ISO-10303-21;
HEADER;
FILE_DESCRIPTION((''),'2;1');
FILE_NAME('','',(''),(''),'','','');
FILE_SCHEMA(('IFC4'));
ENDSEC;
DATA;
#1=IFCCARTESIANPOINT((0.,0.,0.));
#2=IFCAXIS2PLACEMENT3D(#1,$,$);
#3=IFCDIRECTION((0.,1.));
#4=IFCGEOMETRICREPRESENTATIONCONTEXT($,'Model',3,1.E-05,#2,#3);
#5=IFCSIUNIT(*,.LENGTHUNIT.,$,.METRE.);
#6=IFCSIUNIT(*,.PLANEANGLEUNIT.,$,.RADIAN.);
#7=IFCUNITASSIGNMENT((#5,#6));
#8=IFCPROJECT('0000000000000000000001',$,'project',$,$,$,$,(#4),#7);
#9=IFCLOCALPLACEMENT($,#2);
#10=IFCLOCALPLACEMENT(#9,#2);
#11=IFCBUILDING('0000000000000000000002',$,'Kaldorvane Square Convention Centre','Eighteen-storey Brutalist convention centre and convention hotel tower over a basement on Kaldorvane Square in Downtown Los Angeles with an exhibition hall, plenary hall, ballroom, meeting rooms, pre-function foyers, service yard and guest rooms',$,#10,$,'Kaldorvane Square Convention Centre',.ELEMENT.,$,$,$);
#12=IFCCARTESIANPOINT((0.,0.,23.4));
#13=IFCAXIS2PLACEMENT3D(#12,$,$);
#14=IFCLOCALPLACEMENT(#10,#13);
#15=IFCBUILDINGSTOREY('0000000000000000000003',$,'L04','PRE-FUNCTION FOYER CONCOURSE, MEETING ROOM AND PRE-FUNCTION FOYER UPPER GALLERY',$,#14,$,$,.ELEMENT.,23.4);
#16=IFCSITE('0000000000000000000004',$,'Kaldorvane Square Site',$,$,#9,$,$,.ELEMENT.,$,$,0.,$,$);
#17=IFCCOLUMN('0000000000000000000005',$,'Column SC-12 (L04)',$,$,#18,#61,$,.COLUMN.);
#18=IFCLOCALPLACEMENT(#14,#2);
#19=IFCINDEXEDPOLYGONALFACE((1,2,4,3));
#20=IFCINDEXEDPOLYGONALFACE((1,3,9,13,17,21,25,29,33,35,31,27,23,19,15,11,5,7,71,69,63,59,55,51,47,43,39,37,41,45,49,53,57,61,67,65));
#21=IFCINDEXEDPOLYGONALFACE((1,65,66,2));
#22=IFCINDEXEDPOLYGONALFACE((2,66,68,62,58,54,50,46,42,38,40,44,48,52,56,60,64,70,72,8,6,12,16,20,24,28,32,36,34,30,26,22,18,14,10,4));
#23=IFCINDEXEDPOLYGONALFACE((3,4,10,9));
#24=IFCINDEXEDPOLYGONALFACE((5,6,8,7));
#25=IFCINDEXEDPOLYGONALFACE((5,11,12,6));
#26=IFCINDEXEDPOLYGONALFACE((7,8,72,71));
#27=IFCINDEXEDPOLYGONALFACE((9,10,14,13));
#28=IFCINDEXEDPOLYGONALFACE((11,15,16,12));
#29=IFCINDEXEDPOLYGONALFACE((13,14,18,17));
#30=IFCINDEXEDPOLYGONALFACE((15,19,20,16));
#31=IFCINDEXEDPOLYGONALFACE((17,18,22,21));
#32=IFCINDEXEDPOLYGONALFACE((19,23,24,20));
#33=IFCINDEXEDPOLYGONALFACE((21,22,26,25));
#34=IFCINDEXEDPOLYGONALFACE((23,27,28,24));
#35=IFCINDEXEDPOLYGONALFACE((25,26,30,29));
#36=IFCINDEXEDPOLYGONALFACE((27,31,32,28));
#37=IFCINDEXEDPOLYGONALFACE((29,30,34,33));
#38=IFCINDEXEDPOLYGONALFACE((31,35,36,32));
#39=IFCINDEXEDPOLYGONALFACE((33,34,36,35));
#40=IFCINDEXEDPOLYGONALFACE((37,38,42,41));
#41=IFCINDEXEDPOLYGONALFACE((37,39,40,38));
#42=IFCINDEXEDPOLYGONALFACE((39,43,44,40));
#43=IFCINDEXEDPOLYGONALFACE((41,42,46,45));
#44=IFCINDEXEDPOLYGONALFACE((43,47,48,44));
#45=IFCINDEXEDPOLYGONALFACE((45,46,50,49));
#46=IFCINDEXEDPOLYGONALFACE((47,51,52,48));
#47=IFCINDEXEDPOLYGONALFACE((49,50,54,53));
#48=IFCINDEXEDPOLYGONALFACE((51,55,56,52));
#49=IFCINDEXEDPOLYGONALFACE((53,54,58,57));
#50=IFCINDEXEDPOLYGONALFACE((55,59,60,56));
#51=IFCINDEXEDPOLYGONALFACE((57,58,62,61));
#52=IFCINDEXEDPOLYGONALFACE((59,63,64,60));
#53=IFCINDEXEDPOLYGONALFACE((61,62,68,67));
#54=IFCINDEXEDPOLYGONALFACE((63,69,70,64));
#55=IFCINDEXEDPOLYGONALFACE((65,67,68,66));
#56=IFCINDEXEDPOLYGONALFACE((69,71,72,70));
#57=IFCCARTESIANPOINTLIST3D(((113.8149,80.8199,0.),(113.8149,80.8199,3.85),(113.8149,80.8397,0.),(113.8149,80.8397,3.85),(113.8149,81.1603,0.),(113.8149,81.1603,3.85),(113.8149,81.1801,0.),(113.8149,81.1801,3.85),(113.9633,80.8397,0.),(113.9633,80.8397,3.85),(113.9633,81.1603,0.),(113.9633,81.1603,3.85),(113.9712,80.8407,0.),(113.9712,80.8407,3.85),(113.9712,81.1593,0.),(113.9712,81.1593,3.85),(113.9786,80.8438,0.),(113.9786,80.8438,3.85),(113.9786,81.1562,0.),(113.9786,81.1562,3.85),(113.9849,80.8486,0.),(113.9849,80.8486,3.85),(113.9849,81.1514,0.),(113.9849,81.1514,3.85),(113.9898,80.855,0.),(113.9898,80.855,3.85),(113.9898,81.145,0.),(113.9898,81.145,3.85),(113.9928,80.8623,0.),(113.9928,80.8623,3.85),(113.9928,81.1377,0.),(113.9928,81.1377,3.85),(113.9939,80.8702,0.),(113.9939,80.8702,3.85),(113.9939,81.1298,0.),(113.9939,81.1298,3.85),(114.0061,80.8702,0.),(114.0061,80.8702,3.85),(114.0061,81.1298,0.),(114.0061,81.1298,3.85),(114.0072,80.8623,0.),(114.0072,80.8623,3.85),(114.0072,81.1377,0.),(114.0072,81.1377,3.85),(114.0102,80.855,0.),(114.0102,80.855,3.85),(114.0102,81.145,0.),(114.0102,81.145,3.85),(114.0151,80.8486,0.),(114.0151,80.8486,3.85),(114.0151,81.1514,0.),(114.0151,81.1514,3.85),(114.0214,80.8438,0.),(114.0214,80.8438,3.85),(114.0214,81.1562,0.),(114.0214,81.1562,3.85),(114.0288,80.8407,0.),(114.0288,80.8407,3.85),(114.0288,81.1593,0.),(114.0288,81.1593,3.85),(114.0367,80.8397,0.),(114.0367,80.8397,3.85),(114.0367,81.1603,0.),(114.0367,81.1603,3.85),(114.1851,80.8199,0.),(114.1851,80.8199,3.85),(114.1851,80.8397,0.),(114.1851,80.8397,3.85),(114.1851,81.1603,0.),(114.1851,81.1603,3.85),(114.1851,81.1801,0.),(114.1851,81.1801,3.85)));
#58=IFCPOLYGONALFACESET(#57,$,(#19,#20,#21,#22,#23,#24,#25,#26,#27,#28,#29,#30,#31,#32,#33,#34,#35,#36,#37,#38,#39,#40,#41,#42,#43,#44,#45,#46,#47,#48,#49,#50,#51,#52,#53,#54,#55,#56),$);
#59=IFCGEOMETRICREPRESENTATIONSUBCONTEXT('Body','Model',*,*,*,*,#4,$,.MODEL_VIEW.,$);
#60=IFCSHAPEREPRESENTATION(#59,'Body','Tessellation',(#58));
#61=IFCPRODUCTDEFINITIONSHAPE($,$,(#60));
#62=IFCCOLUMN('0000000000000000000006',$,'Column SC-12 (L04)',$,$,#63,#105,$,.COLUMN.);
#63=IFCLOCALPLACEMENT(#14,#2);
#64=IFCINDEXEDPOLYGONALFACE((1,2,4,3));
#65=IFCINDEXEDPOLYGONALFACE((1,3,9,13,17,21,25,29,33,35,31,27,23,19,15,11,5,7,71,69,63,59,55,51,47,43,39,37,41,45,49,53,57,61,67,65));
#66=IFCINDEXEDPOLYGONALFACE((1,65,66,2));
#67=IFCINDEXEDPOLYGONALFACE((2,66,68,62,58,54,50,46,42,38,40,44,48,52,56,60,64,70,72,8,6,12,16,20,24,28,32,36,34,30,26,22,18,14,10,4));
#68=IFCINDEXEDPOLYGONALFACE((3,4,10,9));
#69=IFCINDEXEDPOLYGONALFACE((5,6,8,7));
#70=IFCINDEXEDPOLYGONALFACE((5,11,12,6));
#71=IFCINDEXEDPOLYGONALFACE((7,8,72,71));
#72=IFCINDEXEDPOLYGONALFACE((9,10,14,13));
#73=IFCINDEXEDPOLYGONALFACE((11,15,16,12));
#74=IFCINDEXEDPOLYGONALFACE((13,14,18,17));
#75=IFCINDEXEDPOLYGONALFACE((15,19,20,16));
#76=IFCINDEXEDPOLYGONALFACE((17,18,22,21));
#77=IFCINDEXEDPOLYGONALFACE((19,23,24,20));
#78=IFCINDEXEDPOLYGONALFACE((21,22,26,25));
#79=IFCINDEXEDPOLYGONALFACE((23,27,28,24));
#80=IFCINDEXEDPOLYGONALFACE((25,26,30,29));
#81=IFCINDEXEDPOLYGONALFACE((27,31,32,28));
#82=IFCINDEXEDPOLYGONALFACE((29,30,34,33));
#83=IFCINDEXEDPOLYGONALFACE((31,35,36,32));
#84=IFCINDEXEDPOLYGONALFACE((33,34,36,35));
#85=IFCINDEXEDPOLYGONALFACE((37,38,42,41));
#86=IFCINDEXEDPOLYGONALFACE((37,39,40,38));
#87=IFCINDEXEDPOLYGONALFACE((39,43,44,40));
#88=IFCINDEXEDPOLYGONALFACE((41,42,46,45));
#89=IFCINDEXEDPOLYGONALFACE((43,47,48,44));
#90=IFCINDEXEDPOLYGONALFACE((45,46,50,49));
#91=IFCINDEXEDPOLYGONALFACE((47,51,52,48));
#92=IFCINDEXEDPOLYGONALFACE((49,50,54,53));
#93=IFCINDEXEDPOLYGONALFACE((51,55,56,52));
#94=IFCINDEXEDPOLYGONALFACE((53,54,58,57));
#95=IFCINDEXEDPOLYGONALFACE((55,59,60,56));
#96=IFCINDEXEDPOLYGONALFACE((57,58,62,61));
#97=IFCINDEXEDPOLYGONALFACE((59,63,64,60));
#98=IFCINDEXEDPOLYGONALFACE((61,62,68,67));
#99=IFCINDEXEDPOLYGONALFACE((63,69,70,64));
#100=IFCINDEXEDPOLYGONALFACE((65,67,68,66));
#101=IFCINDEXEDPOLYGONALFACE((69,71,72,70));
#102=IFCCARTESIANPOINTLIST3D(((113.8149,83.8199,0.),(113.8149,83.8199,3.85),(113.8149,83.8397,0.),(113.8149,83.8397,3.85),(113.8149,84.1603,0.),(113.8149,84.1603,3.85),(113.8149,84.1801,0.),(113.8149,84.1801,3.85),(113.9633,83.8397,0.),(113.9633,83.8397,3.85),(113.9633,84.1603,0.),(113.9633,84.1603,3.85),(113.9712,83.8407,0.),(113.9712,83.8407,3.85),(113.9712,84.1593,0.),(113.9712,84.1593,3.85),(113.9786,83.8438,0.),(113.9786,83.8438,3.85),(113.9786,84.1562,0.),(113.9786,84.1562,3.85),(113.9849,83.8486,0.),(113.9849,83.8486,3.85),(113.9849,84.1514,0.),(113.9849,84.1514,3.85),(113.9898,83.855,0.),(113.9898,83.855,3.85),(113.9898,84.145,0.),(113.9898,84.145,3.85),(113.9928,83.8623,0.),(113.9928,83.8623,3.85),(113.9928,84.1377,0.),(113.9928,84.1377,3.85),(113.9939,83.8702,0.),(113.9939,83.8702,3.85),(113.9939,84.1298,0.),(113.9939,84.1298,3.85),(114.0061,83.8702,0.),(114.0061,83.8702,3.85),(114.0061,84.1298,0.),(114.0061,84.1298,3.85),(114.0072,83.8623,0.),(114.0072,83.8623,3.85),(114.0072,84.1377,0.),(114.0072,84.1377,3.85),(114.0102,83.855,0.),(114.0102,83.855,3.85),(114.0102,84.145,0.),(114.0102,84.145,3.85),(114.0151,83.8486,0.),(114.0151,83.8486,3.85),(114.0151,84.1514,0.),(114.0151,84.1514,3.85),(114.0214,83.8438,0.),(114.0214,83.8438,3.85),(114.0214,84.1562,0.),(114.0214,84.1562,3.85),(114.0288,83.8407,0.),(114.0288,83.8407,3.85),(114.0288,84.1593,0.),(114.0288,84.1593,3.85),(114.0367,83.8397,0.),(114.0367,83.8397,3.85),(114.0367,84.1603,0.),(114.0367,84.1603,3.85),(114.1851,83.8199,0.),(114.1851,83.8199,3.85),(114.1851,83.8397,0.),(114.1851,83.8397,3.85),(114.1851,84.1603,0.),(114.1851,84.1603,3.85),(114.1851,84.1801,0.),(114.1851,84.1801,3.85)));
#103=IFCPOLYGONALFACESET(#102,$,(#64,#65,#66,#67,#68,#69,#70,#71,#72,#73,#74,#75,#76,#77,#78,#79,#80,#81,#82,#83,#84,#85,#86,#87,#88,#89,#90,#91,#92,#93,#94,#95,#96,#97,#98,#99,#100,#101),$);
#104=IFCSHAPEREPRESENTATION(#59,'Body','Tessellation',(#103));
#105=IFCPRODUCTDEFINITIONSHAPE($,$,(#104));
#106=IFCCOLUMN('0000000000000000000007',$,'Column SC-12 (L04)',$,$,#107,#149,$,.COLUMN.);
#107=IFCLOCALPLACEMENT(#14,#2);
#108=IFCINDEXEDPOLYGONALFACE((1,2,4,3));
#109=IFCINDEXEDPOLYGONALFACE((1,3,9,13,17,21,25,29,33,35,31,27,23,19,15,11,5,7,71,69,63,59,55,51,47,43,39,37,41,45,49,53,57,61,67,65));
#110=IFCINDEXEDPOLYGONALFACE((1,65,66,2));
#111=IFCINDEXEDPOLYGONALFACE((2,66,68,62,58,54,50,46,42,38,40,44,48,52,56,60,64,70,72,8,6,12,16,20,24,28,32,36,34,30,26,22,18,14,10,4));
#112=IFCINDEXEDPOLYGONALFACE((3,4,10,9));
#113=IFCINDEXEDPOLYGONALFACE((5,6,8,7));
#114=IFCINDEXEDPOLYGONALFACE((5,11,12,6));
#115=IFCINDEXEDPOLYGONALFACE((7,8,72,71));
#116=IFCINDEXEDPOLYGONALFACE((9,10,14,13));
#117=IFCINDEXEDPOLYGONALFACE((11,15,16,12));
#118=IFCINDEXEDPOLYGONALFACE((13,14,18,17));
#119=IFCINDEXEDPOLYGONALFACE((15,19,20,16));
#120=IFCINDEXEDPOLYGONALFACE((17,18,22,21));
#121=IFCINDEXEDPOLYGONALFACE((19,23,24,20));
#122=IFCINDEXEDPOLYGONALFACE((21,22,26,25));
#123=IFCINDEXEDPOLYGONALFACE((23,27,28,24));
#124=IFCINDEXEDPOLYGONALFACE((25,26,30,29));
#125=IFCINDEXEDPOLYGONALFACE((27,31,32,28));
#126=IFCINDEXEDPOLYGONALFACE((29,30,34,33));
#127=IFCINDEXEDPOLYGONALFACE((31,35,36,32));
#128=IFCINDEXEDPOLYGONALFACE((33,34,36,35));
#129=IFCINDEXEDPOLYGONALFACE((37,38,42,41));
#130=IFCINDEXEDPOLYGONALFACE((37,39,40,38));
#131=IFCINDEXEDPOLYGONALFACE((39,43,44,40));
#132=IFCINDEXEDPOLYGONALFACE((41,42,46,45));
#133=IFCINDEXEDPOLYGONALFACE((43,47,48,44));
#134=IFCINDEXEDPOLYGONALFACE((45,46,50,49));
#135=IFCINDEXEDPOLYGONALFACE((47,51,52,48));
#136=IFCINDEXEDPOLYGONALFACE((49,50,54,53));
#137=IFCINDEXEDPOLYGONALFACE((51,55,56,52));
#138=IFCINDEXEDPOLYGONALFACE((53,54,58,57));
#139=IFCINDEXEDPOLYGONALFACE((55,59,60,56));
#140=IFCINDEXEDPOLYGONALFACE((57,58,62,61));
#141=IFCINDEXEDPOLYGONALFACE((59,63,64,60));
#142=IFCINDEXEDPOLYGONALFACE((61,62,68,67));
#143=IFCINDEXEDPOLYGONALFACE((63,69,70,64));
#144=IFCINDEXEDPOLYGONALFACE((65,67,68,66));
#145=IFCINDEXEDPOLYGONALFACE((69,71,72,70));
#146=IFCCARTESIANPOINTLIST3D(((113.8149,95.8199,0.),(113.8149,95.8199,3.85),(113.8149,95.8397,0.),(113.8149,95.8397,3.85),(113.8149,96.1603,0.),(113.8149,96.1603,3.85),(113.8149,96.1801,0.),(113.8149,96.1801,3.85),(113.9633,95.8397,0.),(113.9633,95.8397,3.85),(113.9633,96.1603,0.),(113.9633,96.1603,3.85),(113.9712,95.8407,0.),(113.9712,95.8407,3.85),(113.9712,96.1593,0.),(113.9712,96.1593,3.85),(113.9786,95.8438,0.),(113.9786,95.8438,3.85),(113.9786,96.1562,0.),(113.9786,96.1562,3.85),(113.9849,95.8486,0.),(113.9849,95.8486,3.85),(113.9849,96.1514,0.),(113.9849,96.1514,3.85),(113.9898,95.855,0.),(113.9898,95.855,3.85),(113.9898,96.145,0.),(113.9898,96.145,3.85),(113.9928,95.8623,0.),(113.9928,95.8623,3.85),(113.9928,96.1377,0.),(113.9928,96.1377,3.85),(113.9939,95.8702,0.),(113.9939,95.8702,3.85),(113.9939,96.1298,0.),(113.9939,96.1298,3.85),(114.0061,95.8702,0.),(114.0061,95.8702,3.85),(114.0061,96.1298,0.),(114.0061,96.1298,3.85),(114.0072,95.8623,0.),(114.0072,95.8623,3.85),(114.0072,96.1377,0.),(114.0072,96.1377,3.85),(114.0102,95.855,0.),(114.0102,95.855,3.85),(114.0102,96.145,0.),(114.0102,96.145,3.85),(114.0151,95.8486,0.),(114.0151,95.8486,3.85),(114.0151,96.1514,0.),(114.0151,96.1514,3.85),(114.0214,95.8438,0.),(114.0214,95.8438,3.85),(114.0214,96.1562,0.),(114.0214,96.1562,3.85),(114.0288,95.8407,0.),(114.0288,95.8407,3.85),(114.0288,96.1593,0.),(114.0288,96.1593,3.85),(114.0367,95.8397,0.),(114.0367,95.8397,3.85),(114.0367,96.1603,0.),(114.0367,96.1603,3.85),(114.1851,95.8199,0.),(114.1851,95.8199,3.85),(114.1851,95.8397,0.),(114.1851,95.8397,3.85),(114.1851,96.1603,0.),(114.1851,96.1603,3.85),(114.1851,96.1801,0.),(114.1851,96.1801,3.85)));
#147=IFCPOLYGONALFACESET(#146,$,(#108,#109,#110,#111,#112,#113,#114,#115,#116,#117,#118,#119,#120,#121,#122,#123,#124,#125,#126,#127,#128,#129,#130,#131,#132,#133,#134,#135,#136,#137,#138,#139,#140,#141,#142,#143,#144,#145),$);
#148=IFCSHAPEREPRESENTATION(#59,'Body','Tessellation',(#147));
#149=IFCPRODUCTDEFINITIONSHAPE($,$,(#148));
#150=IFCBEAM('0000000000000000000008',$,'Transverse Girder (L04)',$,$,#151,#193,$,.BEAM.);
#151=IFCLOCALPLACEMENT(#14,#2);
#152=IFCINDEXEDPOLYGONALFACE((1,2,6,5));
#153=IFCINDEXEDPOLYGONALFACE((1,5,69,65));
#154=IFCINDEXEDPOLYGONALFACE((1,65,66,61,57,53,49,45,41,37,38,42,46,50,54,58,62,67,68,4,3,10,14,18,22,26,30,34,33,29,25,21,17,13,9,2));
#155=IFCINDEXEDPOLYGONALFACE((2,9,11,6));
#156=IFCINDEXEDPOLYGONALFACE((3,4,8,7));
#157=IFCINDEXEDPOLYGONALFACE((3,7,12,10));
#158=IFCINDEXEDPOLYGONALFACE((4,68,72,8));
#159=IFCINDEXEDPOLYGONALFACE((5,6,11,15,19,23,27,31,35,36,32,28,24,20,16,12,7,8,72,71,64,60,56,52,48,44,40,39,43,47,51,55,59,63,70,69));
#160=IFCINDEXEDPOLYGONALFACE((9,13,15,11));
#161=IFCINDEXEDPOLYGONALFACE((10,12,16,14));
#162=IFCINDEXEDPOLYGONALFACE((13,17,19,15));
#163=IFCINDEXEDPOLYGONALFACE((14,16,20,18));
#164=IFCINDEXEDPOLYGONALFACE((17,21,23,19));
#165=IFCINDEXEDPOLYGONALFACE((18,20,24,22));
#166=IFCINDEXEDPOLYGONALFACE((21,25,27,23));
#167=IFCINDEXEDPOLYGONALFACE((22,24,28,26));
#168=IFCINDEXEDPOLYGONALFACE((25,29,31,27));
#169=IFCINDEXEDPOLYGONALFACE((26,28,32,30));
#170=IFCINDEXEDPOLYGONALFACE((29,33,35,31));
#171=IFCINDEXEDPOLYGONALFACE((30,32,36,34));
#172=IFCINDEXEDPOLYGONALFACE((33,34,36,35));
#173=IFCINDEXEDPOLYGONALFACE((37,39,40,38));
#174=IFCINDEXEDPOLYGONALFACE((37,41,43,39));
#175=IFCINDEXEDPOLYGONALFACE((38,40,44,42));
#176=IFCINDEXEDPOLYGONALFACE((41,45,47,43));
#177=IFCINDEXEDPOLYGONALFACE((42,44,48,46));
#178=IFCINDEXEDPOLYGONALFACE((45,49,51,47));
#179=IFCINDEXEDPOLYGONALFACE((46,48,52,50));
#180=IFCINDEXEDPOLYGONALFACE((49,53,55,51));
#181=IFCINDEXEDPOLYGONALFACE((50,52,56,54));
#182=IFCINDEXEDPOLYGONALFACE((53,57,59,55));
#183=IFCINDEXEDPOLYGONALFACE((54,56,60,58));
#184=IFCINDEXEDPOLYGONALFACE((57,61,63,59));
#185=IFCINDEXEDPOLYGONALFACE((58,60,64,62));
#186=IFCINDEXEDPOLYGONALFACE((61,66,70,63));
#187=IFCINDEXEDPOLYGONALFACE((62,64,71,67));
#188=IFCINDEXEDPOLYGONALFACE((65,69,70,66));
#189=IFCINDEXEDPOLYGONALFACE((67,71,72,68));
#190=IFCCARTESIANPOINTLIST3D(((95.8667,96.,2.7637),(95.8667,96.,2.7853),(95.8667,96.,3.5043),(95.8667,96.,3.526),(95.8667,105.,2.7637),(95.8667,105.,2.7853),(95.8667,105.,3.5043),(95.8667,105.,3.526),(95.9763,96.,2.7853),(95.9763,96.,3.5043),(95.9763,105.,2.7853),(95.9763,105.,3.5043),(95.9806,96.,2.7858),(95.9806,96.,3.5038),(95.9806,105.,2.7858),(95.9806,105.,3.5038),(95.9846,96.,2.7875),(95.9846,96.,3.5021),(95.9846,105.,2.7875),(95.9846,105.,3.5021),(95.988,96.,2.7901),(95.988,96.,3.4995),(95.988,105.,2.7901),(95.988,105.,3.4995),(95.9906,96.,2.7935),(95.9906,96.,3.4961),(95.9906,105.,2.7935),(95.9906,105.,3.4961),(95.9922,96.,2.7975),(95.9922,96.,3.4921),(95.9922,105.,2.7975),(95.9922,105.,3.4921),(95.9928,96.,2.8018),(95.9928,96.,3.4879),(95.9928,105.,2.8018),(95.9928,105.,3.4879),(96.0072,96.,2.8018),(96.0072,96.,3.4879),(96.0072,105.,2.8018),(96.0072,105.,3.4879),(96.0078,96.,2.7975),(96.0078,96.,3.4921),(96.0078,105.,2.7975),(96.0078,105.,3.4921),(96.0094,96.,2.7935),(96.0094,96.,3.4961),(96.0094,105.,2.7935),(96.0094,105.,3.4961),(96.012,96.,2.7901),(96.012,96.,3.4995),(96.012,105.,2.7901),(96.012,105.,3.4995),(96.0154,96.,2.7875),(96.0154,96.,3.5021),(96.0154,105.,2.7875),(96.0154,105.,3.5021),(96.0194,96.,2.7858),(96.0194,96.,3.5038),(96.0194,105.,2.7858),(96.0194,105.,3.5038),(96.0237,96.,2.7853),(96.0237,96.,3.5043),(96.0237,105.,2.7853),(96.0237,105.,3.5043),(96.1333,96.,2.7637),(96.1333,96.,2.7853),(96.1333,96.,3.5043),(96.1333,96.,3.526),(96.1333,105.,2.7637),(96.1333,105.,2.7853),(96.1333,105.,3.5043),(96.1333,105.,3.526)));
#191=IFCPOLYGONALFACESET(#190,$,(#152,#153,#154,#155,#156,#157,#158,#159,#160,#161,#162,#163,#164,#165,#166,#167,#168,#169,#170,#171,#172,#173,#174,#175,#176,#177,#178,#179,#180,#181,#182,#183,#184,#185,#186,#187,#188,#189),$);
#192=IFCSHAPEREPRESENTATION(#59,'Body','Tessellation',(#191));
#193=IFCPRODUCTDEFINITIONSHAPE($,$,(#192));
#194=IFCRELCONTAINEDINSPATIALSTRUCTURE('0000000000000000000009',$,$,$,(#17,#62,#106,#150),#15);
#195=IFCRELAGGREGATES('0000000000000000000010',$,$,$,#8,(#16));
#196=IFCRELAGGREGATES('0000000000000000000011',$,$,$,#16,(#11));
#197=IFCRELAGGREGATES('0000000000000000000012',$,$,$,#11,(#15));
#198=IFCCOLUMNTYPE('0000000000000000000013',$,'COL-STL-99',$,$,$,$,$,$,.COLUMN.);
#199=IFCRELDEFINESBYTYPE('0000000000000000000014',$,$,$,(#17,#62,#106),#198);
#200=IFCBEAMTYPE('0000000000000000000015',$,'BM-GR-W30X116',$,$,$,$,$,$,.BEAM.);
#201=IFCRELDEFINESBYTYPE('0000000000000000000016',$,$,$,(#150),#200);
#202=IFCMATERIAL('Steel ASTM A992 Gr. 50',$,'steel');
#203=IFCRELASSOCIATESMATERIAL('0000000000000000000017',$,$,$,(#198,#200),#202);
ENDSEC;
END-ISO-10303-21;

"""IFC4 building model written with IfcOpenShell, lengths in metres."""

from ifc_helpers import new_model, si_unit, direction, frame, origin, origin_2d, place, context, subcontext, project, spatial, i_section, extrude, material, material_profile, profile_set, type_object, element, save


model = new_model("IFC4")

# Units and contexts
model_context = context("Model", 3, precision=1e-05, world=origin(), true_north=direction((0.0, 1.0)))
body_context = subcontext(model_context, "Body", "Model", "MODEL_VIEW")
ifc_project = project(units=[si_unit("LENGTHUNIT", "METRE"), si_unit("PLANEANGLEUNIT", "RADIAN")], contexts=[model_context])

# Site, building, storey
site_placement = place(None, origin())
site = spatial("IfcSite", under=ifc_project, at=site_placement, Name="Kaldorvane Square Site", CompositionType="ELEMENT", RefElevation=0.0)
building_placement = place(site_placement, origin())
building = spatial("IfcBuilding", under=site, at=building_placement, Name="Kaldorvane Square Convention Centre", Description="Eighteen-storey Brutalist convention centre and convention hotel tower over a basement on Kaldorvane Square in Downtown Los Angeles with an exhibition hall, plenary hall, ballroom, meeting rooms, pre-function foyers, service yard and guest rooms", LongName="Kaldorvane Square Convention Centre", CompositionType="ELEMENT")
storey_placement = place(building_placement, frame((0.0, 0.0, 23.4)))
storey = spatial("IfcBuildingStorey", under=building, at=storey_placement, Name="L04", Description="PRE-FUNCTION FOYER CONCOURSE, MEETING ROOM AND PRE-FUNCTION FOYER UPPER GALLERY", CompositionType="ELEMENT", Elevation=23.4)

# Columns
ifc_material = material(Name="Steel ASTM A992 Gr. 50", Category="steel")
ifc_material_profile_1 = material_profile(ifc_material, i_section(OverallWidth=0.3701, OverallDepth=0.3602, WebThickness=0.0123, FlangeThickness=0.0198, FilletRadius=0.0305, at=origin_2d()), Name="W14X99")
ifc_profile_set_1 = profile_set([ifc_material_profile_1], Name="Steel ASTM A992 Gr. 50")
column_type = type_object("IfcColumnType", Name="COL-STL-99", PredefinedType="COLUMN", material=ifc_profile_set_1)
for number, where, z_axis, x_axis, name in (
    (1, (114.0, 81.0, 0.0), (0.0, 0.0, 1.0), (1.0, 0.0, 0.0), "Column SC-12 (L04)"),
    (2, (114.0, 84.0, 0.0), (0.0, 0.0, 1.0), (1.0, 0.0, 0.0), "Column SC-12 (L04)"),
    (3, (114.0, 96.0, 0.0), (0.0, 0.0, 1.0), (1.0, 0.0, 0.0), "Column SC-12 (L04)"),
):
    element("IfcColumn", number, at=place(storey_placement, frame(where, z_axis=z_axis, x_axis=x_axis)), inside=storey, type_object=column_type, Name=name, PredefinedType="COLUMN", context=body_context, shape_type="SweptSolid", body=[
        extrude(i_section(OverallWidth=0.3701, OverallDepth=0.3602, WebThickness=0.0123, FlangeThickness=0.0198, FilletRadius=0.0305, at=origin_2d()), origin(), (0.0, 0.0, 1.0), 3.85),
    ])

# Beam
ifc_material_profile_2 = material_profile(ifc_material, i_section(OverallWidth=0.2666, OverallDepth=0.7623, WebThickness=0.0144, FlangeThickness=0.0216, FilletRadius=0.0165, at=origin_2d()), Name="W30X116")
ifc_profile_set_2 = profile_set([ifc_material_profile_2], Name="Steel ASTM A992 Gr. 50")
beam_type_1 = type_object("IfcBeamType", Name="BM-GR-W30X116", PredefinedType="BEAM", material=ifc_profile_set_2)
beam_1_placement = place(storey_placement, frame((96.0, 96.0, 3.1448), z_axis=(0.0, 1.0, 0.0), x_axis=(-1.0, 0.0, 0.0)))
element("IfcBeam", 4, at=beam_1_placement, inside=storey, type_object=beam_type_1, Name="Transverse Girder (L04)", PredefinedType="BEAM", context=body_context, shape_type="SweptSolid", body=[
    extrude(i_section(OverallWidth=0.2666, OverallDepth=0.7623, WebThickness=0.0144, FlangeThickness=0.0216, FilletRadius=0.0165, at=origin_2d()), origin(), (0.0, 0.0, 1.0), 9.0),
])

save(model, "model.ifc")
